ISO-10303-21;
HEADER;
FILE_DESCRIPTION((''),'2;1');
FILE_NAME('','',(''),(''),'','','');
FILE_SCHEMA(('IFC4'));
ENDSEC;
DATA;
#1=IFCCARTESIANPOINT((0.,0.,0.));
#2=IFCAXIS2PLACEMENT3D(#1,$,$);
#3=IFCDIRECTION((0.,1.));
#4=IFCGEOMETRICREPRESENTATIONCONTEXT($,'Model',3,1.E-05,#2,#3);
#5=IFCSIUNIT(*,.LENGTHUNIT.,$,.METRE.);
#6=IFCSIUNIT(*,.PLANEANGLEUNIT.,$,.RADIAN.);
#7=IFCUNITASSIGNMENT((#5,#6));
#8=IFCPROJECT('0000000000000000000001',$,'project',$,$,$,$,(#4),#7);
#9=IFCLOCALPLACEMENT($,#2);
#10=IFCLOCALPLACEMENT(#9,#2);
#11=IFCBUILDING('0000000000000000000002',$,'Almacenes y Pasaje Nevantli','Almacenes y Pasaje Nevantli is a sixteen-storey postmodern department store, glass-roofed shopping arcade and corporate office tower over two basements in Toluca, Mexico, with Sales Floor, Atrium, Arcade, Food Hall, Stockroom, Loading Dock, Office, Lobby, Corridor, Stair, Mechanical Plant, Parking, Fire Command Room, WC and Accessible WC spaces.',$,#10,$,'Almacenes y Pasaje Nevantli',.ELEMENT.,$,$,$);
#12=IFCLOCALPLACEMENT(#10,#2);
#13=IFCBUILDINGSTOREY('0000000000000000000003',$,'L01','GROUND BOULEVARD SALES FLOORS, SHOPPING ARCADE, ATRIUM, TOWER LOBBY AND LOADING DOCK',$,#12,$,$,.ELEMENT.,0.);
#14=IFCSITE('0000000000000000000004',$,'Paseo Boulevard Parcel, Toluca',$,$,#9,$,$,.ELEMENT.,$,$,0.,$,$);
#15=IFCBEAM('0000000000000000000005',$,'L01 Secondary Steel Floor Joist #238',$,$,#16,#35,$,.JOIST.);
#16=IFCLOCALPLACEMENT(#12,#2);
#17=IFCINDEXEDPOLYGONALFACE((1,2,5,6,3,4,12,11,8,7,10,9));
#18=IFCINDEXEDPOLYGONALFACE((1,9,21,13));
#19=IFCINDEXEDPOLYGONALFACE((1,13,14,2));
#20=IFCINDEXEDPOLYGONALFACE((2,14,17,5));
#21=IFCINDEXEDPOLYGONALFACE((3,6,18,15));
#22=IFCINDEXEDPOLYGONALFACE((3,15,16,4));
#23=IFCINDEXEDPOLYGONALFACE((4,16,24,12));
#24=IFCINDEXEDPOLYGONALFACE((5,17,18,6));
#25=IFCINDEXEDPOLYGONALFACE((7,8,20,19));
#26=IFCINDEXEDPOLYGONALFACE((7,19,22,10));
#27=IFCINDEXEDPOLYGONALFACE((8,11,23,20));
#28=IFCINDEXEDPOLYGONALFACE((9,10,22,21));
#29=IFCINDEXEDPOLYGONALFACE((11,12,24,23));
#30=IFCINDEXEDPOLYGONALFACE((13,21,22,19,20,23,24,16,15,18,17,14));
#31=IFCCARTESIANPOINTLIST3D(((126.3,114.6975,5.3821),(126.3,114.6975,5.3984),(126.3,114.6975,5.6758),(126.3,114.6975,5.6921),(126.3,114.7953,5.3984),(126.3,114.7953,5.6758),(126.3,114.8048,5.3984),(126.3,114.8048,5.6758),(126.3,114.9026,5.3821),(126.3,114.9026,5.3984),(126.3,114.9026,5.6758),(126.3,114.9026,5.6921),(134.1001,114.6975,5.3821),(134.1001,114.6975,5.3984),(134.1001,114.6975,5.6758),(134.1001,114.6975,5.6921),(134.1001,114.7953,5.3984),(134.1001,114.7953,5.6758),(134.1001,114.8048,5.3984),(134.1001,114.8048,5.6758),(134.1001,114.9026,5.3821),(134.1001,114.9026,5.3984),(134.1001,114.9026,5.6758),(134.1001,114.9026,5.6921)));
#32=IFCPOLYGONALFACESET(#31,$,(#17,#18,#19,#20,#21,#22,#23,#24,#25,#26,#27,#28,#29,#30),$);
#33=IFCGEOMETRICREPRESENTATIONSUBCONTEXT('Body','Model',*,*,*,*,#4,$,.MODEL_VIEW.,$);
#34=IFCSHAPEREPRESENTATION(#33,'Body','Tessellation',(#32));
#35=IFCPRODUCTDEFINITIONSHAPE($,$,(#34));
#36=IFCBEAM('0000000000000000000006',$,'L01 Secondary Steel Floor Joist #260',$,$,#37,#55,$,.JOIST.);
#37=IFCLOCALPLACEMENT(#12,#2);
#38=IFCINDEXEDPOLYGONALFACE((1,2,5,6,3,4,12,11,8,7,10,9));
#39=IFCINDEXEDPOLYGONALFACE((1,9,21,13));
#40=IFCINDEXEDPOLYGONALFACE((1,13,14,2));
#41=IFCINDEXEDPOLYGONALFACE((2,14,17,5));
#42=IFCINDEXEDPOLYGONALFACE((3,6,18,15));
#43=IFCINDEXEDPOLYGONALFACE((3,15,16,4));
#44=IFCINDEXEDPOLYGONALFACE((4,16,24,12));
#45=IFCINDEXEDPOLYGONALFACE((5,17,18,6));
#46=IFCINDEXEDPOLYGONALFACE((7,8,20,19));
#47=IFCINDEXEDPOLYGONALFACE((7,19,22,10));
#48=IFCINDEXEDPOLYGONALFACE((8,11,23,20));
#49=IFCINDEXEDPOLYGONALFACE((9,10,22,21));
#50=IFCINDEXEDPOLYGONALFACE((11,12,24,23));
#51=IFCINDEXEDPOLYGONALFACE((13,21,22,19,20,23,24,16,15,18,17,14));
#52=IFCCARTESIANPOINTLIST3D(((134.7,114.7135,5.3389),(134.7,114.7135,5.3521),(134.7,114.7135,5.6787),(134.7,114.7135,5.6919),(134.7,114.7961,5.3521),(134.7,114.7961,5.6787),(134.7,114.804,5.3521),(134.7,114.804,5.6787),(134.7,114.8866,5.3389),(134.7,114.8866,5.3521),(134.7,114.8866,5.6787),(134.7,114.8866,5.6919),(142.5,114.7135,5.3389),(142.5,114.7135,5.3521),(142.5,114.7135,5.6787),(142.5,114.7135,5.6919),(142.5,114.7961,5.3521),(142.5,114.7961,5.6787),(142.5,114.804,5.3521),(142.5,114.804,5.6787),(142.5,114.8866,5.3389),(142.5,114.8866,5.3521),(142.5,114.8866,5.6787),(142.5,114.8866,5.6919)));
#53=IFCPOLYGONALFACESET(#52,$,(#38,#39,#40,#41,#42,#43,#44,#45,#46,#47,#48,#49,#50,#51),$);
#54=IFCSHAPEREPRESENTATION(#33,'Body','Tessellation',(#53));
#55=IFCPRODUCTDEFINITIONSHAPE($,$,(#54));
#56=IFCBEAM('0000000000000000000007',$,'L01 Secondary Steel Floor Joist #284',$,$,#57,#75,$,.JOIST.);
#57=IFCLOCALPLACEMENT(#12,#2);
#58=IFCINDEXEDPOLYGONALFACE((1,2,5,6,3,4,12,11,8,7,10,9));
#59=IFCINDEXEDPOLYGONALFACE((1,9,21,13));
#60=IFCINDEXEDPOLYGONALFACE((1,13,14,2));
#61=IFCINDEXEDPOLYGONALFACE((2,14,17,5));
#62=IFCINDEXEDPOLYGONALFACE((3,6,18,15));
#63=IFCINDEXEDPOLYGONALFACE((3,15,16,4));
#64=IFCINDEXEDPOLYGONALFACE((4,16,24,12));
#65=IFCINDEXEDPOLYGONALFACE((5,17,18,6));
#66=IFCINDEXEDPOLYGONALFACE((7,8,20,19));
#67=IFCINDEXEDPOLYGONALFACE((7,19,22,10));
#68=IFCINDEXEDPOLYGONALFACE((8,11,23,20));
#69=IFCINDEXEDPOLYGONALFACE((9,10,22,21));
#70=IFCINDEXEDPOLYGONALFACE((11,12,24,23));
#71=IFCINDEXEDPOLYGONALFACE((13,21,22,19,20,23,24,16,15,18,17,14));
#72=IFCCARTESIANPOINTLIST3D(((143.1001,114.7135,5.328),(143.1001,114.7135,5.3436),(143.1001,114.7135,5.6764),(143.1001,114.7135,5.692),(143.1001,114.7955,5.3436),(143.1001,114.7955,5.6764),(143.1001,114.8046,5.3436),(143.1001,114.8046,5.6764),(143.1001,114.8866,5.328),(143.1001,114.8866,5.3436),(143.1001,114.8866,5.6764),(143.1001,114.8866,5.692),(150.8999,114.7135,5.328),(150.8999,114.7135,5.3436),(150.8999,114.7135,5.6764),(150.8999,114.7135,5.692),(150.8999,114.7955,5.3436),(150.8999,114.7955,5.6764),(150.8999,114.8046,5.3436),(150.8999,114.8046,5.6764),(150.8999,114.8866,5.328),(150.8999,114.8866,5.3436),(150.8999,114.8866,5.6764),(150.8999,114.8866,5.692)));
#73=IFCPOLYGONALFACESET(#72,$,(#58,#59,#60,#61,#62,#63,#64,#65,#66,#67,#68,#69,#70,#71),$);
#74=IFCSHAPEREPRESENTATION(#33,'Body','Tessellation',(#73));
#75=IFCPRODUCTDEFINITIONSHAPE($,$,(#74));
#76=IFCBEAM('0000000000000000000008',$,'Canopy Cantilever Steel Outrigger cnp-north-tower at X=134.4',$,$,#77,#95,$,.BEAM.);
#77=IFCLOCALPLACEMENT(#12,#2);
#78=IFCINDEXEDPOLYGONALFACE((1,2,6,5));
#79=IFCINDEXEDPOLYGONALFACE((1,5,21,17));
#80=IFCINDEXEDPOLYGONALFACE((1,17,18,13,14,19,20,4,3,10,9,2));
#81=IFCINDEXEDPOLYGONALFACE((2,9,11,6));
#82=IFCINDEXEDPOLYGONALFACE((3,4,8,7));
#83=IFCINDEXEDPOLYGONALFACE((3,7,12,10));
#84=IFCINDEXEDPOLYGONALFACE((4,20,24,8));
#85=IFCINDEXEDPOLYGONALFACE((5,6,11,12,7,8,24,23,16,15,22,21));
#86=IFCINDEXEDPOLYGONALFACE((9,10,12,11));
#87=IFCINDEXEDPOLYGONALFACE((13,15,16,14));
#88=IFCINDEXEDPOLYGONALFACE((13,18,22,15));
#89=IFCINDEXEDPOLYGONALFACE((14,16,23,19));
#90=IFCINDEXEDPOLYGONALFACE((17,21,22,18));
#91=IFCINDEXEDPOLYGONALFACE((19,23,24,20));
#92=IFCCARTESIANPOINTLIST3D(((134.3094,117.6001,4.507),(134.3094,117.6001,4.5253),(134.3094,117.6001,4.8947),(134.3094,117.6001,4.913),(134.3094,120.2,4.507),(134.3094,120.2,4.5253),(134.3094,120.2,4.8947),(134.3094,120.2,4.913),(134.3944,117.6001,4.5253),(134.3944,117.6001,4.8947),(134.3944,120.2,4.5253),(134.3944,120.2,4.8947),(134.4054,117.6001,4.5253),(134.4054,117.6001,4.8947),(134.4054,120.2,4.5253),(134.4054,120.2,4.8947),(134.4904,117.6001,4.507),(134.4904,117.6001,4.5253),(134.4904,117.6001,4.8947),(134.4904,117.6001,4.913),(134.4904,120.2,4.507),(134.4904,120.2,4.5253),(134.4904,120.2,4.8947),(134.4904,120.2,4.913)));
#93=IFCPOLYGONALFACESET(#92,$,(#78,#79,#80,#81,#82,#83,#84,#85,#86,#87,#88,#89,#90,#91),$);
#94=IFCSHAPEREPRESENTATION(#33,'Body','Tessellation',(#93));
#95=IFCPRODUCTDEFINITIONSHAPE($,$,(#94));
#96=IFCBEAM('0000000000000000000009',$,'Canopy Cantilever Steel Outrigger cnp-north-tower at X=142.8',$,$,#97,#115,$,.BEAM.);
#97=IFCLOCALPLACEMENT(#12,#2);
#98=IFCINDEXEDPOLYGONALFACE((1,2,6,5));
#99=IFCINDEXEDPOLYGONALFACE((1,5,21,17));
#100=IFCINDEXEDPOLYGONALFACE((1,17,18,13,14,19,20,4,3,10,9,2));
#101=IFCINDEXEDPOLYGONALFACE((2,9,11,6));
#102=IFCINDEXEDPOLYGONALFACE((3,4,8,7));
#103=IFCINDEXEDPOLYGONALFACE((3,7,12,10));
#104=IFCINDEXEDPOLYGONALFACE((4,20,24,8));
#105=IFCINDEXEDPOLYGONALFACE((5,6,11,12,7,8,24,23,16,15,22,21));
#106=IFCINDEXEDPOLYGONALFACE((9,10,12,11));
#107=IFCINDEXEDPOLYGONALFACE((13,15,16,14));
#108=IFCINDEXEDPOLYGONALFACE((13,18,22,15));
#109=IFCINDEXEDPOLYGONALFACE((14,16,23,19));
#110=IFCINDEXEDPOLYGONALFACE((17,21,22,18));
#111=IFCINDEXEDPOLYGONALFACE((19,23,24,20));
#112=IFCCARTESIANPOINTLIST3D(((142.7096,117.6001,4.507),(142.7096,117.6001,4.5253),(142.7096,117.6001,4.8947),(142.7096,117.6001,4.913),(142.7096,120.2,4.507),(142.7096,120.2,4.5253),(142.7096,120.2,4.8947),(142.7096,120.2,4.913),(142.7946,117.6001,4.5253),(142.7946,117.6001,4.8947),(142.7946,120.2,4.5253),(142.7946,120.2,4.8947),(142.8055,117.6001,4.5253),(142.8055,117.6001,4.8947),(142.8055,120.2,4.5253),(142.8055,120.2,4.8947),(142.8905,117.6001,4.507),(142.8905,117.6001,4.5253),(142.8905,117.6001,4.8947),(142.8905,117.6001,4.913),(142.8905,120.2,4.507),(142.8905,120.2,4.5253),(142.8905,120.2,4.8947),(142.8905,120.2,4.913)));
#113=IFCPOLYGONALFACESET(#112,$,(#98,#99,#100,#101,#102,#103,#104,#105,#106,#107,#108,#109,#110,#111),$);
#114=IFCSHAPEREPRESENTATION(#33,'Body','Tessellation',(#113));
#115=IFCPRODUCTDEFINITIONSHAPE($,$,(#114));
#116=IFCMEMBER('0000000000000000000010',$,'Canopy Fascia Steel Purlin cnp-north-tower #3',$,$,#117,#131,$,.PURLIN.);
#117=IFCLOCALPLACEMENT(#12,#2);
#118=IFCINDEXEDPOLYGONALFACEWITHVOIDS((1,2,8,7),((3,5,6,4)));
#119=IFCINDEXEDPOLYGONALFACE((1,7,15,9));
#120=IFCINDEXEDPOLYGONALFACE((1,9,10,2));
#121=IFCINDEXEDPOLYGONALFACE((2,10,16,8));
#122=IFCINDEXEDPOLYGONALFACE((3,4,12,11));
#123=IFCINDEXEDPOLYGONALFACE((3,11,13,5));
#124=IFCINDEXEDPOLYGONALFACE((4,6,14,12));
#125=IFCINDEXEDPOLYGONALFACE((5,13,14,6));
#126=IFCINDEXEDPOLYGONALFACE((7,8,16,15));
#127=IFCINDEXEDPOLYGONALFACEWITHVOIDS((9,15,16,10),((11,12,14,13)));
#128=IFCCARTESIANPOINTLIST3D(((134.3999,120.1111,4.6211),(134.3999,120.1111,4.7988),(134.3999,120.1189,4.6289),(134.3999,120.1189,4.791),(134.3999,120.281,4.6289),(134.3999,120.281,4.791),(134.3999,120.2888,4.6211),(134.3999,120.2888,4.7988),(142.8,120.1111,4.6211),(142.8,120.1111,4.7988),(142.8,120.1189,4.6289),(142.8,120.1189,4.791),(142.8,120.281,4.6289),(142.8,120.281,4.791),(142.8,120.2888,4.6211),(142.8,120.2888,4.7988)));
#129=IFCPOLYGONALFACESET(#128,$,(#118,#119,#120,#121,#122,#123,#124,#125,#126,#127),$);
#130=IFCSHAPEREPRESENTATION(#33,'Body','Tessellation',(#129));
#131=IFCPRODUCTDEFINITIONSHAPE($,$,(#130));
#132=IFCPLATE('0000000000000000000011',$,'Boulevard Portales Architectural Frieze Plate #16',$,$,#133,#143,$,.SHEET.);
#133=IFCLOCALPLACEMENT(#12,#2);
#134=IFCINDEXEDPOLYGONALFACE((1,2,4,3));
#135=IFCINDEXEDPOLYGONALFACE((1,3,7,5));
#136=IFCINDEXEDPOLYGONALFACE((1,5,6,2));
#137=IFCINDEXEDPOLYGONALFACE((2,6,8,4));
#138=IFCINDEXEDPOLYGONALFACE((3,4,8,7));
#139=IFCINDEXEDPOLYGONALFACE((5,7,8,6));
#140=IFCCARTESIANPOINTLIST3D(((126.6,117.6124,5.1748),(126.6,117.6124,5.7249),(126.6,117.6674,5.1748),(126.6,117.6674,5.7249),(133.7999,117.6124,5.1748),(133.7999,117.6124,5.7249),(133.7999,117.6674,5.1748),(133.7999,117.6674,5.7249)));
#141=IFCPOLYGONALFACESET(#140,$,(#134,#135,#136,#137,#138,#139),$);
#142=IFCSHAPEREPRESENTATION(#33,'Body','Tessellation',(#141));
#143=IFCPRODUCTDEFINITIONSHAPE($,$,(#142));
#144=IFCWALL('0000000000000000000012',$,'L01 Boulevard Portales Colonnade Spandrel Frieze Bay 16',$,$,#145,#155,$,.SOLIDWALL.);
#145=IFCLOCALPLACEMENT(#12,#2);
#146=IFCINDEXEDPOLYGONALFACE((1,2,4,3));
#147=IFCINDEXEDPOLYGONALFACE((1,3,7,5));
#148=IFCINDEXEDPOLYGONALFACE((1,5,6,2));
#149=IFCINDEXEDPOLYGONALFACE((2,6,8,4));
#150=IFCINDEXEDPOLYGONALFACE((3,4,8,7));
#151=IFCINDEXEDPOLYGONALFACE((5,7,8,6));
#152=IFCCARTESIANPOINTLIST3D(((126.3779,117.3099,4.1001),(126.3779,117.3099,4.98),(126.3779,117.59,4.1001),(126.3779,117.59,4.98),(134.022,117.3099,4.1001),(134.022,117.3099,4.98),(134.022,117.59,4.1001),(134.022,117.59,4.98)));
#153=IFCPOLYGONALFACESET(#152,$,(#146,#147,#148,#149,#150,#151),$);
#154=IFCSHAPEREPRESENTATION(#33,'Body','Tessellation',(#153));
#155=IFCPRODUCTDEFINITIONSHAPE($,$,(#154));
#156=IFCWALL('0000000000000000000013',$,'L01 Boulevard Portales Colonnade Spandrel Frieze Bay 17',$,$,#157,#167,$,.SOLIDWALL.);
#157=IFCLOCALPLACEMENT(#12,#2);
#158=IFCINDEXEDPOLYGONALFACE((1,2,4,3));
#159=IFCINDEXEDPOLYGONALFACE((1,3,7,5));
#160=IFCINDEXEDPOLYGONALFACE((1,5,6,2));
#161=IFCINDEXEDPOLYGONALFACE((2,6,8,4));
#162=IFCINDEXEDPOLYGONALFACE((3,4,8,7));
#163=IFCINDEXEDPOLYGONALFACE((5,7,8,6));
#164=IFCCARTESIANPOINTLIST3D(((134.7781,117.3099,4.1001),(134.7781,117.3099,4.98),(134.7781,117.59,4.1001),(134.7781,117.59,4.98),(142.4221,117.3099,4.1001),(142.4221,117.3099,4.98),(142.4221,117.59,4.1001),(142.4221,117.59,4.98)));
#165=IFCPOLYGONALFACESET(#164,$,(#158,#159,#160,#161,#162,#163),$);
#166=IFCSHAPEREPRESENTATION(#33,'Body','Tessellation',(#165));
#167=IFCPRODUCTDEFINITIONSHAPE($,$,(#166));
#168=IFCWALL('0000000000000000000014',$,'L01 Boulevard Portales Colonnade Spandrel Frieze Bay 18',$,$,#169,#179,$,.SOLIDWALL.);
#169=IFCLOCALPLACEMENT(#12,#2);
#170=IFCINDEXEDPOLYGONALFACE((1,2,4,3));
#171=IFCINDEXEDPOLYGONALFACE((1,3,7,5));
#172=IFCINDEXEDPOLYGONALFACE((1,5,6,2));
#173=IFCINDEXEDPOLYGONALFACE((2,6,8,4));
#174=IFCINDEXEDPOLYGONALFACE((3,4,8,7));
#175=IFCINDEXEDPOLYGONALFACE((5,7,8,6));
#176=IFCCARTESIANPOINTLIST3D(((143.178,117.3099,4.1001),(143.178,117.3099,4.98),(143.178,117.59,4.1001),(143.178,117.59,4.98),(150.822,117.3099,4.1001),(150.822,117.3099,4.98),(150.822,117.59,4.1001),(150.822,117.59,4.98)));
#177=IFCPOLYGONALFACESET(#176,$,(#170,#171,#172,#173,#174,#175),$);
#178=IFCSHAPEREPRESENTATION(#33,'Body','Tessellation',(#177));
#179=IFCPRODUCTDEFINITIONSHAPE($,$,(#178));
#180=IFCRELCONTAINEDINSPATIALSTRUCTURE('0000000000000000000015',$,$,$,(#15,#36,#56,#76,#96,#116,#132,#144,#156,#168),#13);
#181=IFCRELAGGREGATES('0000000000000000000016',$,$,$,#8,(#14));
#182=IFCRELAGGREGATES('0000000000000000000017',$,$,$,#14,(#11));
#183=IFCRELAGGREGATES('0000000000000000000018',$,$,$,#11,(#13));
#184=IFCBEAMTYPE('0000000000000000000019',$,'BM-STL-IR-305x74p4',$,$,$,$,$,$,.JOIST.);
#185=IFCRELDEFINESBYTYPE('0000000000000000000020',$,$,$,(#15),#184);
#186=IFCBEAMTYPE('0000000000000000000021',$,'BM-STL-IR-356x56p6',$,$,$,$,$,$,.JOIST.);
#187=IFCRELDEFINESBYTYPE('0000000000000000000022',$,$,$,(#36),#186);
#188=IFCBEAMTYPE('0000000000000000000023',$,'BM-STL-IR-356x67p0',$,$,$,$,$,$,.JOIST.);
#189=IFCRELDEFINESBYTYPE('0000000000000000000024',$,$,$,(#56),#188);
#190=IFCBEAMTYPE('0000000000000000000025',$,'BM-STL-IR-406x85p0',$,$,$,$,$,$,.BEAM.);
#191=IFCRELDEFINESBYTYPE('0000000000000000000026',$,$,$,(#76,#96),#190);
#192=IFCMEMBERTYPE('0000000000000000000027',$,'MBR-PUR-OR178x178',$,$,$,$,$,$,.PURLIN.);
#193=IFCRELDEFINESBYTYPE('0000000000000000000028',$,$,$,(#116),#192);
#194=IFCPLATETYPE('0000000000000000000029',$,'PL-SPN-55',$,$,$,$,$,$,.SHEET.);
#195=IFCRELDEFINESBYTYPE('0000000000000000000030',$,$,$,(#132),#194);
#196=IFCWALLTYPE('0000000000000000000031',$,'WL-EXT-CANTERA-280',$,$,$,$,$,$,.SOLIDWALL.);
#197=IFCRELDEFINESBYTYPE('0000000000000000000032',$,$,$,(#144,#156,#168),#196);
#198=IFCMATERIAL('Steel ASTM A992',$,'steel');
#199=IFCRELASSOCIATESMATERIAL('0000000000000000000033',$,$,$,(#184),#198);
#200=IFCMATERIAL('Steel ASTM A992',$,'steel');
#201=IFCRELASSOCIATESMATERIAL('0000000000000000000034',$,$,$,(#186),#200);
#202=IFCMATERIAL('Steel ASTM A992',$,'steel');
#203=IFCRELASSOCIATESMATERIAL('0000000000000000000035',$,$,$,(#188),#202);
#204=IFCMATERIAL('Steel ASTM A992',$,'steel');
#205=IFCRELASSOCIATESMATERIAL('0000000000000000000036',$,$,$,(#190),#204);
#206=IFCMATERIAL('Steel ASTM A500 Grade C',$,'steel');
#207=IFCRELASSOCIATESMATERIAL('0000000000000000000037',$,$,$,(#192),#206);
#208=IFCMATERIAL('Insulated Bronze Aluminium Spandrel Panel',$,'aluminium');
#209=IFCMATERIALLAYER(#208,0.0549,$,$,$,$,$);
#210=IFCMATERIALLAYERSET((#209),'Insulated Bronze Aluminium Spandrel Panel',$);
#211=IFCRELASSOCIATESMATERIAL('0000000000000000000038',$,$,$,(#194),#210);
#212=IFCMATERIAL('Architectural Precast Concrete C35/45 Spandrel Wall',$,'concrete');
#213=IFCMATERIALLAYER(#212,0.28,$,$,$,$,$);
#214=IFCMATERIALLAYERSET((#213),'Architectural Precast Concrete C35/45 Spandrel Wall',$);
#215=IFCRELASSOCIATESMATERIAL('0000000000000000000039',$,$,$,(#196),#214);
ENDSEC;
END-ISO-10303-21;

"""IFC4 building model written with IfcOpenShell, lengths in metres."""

from ifc_helpers import new_model, si_unit, direction, frame, frame_2d, origin, origin_2d, place, context, subcontext, project, spatial, rectangle, hollow_rectangle, i_section, extrude, material, layer, layer_set, material_profile, profile_set, type_object, element, save


model = new_model("IFC4")

# Units and contexts
model_context = context("Model", 3, precision=1e-05, world=origin(), true_north=direction((0.0, 1.0)))
body_context = subcontext(model_context, "Body", "Model", "MODEL_VIEW")
ifc_project = project(units=[si_unit("LENGTHUNIT", "METRE"), si_unit("PLANEANGLEUNIT", "RADIAN")], contexts=[model_context])

# Site, building, storey
site_placement = place(None, origin())
site = spatial("IfcSite", under=ifc_project, at=site_placement, Name="Paseo Boulevard Parcel, Toluca", CompositionType="ELEMENT", RefElevation=0.0)
building_placement = place(site_placement, origin())
building = spatial("IfcBuilding", under=site, at=building_placement, Name="Almacenes y Pasaje Nevantli", Description="Almacenes y Pasaje Nevantli is a sixteen-storey postmodern department store, glass-roofed shopping arcade and corporate office tower over two basements in Toluca, Mexico, with Sales Floor, Atrium, Arcade, Food Hall, Stockroom, Loading Dock, Office, Lobby, Corridor, Stair, Mechanical Plant, Parking, Fire Command Room, WC and Accessible WC spaces.", LongName="Almacenes y Pasaje Nevantli", CompositionType="ELEMENT")
storey_placement = place(building_placement, origin())
storey = spatial("IfcBuildingStorey", under=building, at=storey_placement, Name="L01", Description="GROUND BOULEVARD SALES FLOORS, SHOPPING ARCADE, ATRIUM, TOWER LOBBY AND LOADING DOCK", CompositionType="ELEMENT", Elevation=0.0)

# Beams
ifc_material_1 = material(Name="Steel ASTM A992", Category="steel")
ifc_material_profile_1 = material_profile(ifc_material_1, i_section(OverallWidth=0.2051, OverallDepth=0.3101, WebThickness=0.0095, FlangeThickness=0.0164, at=origin_2d()), Name="IR 305x74.4")
ifc_profile_set_1 = profile_set([ifc_material_profile_1], Name="Steel ASTM A992")
beam_type_1 = type_object("IfcBeamType", Name="BM-STL-IR-305x74p4", PredefinedType="JOIST", material=ifc_profile_set_1)
beam_1_placement = place(storey_placement, frame((126.3, 114.8, 5.5371), z_axis=(1.0, 0.0, 0.0), x_axis=(0.0, 1.0, 0.0)))
element("IfcBeam", 1, at=beam_1_placement, inside=storey, type_object=beam_type_1, Name="L01 Secondary Steel Floor Joist #238", PredefinedType="JOIST", context=body_context, shape_type="SweptSolid", body=[
    extrude(i_section(OverallWidth=0.2051, OverallDepth=0.3101, WebThickness=0.0095, FlangeThickness=0.0164, at=origin_2d()), origin(), (0.0, 0.0, 1.0), 7.8),
])
ifc_material_2 = material(Name="Steel ASTM A992", Category="steel")
ifc_material_profile_2 = material_profile(ifc_material_2, i_section(OverallWidth=0.1731, OverallDepth=0.353, WebThickness=0.0078, FlangeThickness=0.0132, at=origin_2d()), Name="IR 356x56.6")
ifc_profile_set_2 = profile_set([ifc_material_profile_2], Name="Steel ASTM A992")
beam_type_2 = type_object("IfcBeamType", Name="BM-STL-IR-356x56p6", PredefinedType="JOIST", material=ifc_profile_set_2)
beam_2_placement = place(storey_placement, frame((134.7, 114.8, 5.5154), z_axis=(1.0, 0.0, 0.0), x_axis=(0.0, 1.0, 0.0)))
element("IfcBeam", 2, at=beam_2_placement, inside=storey, type_object=beam_type_2, Name="L01 Secondary Steel Floor Joist #260", PredefinedType="JOIST", context=body_context, shape_type="SweptSolid", body=[
    extrude(i_section(OverallWidth=0.1731, OverallDepth=0.353, WebThickness=0.0078, FlangeThickness=0.0132, at=origin_2d()), origin(), (0.0, 0.0, 1.0), 7.8),
])
ifc_material_3 = material(Name="Steel ASTM A992", Category="steel")
ifc_material_profile_3 = material_profile(ifc_material_3, i_section(OverallWidth=0.1731, OverallDepth=0.364, WebThickness=0.009, FlangeThickness=0.0156, at=origin_2d()), Name="IR 356x67.0")
ifc_profile_set_3 = profile_set([ifc_material_profile_3], Name="Steel ASTM A992")
beam_type_3 = type_object("IfcBeamType", Name="BM-STL-IR-356x67p0", PredefinedType="JOIST", material=ifc_profile_set_3)
beam_3_placement = place(storey_placement, frame((143.1001, 114.8, 5.51), z_axis=(1.0, 0.0, 0.0), x_axis=(0.0, 1.0, 0.0)))
element("IfcBeam", 3, at=beam_3_placement, inside=storey, type_object=beam_type_3, Name="L01 Secondary Steel Floor Joist #284", PredefinedType="JOIST", context=body_context, shape_type="SweptSolid", body=[
    extrude(i_section(OverallWidth=0.1731, OverallDepth=0.364, WebThickness=0.009, FlangeThickness=0.0156, at=origin_2d()), origin(), (0.0, 0.0, 1.0), 7.7998),
])
ifc_material_4 = material(Name="Steel ASTM A992", Category="steel")
ifc_material_profile_4 = material_profile(ifc_material_4, i_section(OverallWidth=0.1809, OverallDepth=0.406, WebThickness=0.011, FlangeThickness=0.0183, at=origin_2d()), Name="IR 406x85.0")
ifc_profile_set_4 = profile_set([ifc_material_profile_4], Name="Steel ASTM A992")
beam_type_4 = type_object("IfcBeamType", Name="BM-STL-IR-406x85p0", PredefinedType="BEAM", material=ifc_profile_set_4)
for number, where, z_axis, x_axis, name in (
    (4, (134.3999, 117.6001, 4.71), (0.0, 1.0, 0.0), (-1.0, 0.0, 0.0), "Canopy Cantilever Steel Outrigger cnp-north-tower at X=134.4"),
    (5, (142.8, 117.6001, 4.71), (0.0, 1.0, 0.0), (-1.0, 0.0, 0.0), "Canopy Cantilever Steel Outrigger cnp-north-tower at X=142.8"),
):
    element("IfcBeam", number, at=place(storey_placement, frame(where, z_axis=z_axis, x_axis=x_axis)), inside=storey, type_object=beam_type_4, Name=name, PredefinedType="BEAM", context=body_context, shape_type="SweptSolid", body=[
        extrude(i_section(OverallWidth=0.1809, OverallDepth=0.406, WebThickness=0.011, FlangeThickness=0.0183, at=origin_2d()), origin(), (0.0, 0.0, 1.0), 2.5999),
    ])

# Member
ifc_material_5 = material(Name="Steel ASTM A500 Grade C", Category="steel")
ifc_material_profile_5 = material_profile(ifc_material_5, hollow_rectangle(XDim=0.1777, YDim=0.1777, WallThickness=0.0078, at=origin_2d()), Name="OR 178x178x7.9")
ifc_profile_set_5 = profile_set([ifc_material_profile_5], Name="Steel ASTM A500 Grade C")
member_type = type_object("IfcMemberType", Name="MBR-PUR-OR178x178", PredefinedType="PURLIN", material=ifc_profile_set_5)
member_placement = place(storey_placement, frame((134.3999, 120.2, 4.71), z_axis=(1.0, 0.0, 0.0), x_axis=(0.0, 1.0, 0.0)))
element("IfcMember", 6, at=member_placement, inside=storey, type_object=member_type, Name="Canopy Fascia Steel Purlin cnp-north-tower #3", PredefinedType="PURLIN", context=body_context, shape_type="SweptSolid", body=[
    extrude(hollow_rectangle(XDim=0.1777, YDim=0.1777, WallThickness=0.0078, at=origin_2d()), origin(), (0.0, 0.0, 1.0), 8.4001),
])

# Plate
ifc_material_6 = material(Name="Insulated Bronze Aluminium Spandrel Panel", Category="aluminium")
ifc_layer_1 = layer(ifc_material_6, 0.0549)
ifc_layer_set_1 = layer_set([ifc_layer_1], Name="Insulated Bronze Aluminium Spandrel Panel")
plate_type = type_object("IfcPlateType", Name="PL-SPN-55", PredefinedType="SHEET", material=ifc_layer_set_1)
plate_placement = place(storey_placement, frame((130.2, 117.6399, 5.1748), z_axis=(0.0, 0.0, 1.0), x_axis=(1.0, 0.0, 0.0)))
element("IfcPlate", 7, at=plate_placement, inside=storey, type_object=plate_type, Name="Boulevard Portales Architectural Frieze Plate #16", PredefinedType="SHEET", context=body_context, shape_type="SweptSolid", body=[
    extrude(rectangle(XDim=7.2, YDim=0.0549, at=origin_2d()), origin(), (0.0, 0.0, 1.0), 0.55),
])

# Walls
ifc_material_7 = material(Name="Architectural Precast Concrete C35/45 Spandrel Wall", Category="concrete")
ifc_layer_2 = layer(ifc_material_7, 0.28)
ifc_layer_set_2 = layer_set([ifc_layer_2], Name="Architectural Precast Concrete C35/45 Spandrel Wall")
wall_type_1 = type_object("IfcWallType", Name="WL-EXT-CANTERA-280", PredefinedType="SOLIDWALL", material=ifc_layer_set_2)
for number, where, z_axis, x_axis, name in (
    (8, (126.3779, 117.45, 4.1001), (0.0, 0.0, 1.0), (1.0, 0.0, 0.0), "L01 Boulevard Portales Colonnade Spandrel Frieze Bay 16"),
    (9, (134.7781, 117.45, 4.1001), (0.0, 0.0, 1.0), (1.0, 0.0, 0.0), "L01 Boulevard Portales Colonnade Spandrel Frieze Bay 17"),
    (10, (143.178, 117.45, 4.1001), (0.0, 0.0, 1.0), (1.0, 0.0, 0.0), "L01 Boulevard Portales Colonnade Spandrel Frieze Bay 18"),
):
    element("IfcWall", number, at=place(storey_placement, frame(where, z_axis=z_axis, x_axis=x_axis)), inside=storey, type_object=wall_type_1, Name=name, PredefinedType="SOLIDWALL", context=body_context, shape_type="SweptSolid", body=[
        extrude(rectangle(XDim=7.644, YDim=0.28, at=frame_2d((3.822, 0.0))), origin(), (0.0, 0.0, 1.0), 0.8799),
    ])

save(model, "model.ifc")
